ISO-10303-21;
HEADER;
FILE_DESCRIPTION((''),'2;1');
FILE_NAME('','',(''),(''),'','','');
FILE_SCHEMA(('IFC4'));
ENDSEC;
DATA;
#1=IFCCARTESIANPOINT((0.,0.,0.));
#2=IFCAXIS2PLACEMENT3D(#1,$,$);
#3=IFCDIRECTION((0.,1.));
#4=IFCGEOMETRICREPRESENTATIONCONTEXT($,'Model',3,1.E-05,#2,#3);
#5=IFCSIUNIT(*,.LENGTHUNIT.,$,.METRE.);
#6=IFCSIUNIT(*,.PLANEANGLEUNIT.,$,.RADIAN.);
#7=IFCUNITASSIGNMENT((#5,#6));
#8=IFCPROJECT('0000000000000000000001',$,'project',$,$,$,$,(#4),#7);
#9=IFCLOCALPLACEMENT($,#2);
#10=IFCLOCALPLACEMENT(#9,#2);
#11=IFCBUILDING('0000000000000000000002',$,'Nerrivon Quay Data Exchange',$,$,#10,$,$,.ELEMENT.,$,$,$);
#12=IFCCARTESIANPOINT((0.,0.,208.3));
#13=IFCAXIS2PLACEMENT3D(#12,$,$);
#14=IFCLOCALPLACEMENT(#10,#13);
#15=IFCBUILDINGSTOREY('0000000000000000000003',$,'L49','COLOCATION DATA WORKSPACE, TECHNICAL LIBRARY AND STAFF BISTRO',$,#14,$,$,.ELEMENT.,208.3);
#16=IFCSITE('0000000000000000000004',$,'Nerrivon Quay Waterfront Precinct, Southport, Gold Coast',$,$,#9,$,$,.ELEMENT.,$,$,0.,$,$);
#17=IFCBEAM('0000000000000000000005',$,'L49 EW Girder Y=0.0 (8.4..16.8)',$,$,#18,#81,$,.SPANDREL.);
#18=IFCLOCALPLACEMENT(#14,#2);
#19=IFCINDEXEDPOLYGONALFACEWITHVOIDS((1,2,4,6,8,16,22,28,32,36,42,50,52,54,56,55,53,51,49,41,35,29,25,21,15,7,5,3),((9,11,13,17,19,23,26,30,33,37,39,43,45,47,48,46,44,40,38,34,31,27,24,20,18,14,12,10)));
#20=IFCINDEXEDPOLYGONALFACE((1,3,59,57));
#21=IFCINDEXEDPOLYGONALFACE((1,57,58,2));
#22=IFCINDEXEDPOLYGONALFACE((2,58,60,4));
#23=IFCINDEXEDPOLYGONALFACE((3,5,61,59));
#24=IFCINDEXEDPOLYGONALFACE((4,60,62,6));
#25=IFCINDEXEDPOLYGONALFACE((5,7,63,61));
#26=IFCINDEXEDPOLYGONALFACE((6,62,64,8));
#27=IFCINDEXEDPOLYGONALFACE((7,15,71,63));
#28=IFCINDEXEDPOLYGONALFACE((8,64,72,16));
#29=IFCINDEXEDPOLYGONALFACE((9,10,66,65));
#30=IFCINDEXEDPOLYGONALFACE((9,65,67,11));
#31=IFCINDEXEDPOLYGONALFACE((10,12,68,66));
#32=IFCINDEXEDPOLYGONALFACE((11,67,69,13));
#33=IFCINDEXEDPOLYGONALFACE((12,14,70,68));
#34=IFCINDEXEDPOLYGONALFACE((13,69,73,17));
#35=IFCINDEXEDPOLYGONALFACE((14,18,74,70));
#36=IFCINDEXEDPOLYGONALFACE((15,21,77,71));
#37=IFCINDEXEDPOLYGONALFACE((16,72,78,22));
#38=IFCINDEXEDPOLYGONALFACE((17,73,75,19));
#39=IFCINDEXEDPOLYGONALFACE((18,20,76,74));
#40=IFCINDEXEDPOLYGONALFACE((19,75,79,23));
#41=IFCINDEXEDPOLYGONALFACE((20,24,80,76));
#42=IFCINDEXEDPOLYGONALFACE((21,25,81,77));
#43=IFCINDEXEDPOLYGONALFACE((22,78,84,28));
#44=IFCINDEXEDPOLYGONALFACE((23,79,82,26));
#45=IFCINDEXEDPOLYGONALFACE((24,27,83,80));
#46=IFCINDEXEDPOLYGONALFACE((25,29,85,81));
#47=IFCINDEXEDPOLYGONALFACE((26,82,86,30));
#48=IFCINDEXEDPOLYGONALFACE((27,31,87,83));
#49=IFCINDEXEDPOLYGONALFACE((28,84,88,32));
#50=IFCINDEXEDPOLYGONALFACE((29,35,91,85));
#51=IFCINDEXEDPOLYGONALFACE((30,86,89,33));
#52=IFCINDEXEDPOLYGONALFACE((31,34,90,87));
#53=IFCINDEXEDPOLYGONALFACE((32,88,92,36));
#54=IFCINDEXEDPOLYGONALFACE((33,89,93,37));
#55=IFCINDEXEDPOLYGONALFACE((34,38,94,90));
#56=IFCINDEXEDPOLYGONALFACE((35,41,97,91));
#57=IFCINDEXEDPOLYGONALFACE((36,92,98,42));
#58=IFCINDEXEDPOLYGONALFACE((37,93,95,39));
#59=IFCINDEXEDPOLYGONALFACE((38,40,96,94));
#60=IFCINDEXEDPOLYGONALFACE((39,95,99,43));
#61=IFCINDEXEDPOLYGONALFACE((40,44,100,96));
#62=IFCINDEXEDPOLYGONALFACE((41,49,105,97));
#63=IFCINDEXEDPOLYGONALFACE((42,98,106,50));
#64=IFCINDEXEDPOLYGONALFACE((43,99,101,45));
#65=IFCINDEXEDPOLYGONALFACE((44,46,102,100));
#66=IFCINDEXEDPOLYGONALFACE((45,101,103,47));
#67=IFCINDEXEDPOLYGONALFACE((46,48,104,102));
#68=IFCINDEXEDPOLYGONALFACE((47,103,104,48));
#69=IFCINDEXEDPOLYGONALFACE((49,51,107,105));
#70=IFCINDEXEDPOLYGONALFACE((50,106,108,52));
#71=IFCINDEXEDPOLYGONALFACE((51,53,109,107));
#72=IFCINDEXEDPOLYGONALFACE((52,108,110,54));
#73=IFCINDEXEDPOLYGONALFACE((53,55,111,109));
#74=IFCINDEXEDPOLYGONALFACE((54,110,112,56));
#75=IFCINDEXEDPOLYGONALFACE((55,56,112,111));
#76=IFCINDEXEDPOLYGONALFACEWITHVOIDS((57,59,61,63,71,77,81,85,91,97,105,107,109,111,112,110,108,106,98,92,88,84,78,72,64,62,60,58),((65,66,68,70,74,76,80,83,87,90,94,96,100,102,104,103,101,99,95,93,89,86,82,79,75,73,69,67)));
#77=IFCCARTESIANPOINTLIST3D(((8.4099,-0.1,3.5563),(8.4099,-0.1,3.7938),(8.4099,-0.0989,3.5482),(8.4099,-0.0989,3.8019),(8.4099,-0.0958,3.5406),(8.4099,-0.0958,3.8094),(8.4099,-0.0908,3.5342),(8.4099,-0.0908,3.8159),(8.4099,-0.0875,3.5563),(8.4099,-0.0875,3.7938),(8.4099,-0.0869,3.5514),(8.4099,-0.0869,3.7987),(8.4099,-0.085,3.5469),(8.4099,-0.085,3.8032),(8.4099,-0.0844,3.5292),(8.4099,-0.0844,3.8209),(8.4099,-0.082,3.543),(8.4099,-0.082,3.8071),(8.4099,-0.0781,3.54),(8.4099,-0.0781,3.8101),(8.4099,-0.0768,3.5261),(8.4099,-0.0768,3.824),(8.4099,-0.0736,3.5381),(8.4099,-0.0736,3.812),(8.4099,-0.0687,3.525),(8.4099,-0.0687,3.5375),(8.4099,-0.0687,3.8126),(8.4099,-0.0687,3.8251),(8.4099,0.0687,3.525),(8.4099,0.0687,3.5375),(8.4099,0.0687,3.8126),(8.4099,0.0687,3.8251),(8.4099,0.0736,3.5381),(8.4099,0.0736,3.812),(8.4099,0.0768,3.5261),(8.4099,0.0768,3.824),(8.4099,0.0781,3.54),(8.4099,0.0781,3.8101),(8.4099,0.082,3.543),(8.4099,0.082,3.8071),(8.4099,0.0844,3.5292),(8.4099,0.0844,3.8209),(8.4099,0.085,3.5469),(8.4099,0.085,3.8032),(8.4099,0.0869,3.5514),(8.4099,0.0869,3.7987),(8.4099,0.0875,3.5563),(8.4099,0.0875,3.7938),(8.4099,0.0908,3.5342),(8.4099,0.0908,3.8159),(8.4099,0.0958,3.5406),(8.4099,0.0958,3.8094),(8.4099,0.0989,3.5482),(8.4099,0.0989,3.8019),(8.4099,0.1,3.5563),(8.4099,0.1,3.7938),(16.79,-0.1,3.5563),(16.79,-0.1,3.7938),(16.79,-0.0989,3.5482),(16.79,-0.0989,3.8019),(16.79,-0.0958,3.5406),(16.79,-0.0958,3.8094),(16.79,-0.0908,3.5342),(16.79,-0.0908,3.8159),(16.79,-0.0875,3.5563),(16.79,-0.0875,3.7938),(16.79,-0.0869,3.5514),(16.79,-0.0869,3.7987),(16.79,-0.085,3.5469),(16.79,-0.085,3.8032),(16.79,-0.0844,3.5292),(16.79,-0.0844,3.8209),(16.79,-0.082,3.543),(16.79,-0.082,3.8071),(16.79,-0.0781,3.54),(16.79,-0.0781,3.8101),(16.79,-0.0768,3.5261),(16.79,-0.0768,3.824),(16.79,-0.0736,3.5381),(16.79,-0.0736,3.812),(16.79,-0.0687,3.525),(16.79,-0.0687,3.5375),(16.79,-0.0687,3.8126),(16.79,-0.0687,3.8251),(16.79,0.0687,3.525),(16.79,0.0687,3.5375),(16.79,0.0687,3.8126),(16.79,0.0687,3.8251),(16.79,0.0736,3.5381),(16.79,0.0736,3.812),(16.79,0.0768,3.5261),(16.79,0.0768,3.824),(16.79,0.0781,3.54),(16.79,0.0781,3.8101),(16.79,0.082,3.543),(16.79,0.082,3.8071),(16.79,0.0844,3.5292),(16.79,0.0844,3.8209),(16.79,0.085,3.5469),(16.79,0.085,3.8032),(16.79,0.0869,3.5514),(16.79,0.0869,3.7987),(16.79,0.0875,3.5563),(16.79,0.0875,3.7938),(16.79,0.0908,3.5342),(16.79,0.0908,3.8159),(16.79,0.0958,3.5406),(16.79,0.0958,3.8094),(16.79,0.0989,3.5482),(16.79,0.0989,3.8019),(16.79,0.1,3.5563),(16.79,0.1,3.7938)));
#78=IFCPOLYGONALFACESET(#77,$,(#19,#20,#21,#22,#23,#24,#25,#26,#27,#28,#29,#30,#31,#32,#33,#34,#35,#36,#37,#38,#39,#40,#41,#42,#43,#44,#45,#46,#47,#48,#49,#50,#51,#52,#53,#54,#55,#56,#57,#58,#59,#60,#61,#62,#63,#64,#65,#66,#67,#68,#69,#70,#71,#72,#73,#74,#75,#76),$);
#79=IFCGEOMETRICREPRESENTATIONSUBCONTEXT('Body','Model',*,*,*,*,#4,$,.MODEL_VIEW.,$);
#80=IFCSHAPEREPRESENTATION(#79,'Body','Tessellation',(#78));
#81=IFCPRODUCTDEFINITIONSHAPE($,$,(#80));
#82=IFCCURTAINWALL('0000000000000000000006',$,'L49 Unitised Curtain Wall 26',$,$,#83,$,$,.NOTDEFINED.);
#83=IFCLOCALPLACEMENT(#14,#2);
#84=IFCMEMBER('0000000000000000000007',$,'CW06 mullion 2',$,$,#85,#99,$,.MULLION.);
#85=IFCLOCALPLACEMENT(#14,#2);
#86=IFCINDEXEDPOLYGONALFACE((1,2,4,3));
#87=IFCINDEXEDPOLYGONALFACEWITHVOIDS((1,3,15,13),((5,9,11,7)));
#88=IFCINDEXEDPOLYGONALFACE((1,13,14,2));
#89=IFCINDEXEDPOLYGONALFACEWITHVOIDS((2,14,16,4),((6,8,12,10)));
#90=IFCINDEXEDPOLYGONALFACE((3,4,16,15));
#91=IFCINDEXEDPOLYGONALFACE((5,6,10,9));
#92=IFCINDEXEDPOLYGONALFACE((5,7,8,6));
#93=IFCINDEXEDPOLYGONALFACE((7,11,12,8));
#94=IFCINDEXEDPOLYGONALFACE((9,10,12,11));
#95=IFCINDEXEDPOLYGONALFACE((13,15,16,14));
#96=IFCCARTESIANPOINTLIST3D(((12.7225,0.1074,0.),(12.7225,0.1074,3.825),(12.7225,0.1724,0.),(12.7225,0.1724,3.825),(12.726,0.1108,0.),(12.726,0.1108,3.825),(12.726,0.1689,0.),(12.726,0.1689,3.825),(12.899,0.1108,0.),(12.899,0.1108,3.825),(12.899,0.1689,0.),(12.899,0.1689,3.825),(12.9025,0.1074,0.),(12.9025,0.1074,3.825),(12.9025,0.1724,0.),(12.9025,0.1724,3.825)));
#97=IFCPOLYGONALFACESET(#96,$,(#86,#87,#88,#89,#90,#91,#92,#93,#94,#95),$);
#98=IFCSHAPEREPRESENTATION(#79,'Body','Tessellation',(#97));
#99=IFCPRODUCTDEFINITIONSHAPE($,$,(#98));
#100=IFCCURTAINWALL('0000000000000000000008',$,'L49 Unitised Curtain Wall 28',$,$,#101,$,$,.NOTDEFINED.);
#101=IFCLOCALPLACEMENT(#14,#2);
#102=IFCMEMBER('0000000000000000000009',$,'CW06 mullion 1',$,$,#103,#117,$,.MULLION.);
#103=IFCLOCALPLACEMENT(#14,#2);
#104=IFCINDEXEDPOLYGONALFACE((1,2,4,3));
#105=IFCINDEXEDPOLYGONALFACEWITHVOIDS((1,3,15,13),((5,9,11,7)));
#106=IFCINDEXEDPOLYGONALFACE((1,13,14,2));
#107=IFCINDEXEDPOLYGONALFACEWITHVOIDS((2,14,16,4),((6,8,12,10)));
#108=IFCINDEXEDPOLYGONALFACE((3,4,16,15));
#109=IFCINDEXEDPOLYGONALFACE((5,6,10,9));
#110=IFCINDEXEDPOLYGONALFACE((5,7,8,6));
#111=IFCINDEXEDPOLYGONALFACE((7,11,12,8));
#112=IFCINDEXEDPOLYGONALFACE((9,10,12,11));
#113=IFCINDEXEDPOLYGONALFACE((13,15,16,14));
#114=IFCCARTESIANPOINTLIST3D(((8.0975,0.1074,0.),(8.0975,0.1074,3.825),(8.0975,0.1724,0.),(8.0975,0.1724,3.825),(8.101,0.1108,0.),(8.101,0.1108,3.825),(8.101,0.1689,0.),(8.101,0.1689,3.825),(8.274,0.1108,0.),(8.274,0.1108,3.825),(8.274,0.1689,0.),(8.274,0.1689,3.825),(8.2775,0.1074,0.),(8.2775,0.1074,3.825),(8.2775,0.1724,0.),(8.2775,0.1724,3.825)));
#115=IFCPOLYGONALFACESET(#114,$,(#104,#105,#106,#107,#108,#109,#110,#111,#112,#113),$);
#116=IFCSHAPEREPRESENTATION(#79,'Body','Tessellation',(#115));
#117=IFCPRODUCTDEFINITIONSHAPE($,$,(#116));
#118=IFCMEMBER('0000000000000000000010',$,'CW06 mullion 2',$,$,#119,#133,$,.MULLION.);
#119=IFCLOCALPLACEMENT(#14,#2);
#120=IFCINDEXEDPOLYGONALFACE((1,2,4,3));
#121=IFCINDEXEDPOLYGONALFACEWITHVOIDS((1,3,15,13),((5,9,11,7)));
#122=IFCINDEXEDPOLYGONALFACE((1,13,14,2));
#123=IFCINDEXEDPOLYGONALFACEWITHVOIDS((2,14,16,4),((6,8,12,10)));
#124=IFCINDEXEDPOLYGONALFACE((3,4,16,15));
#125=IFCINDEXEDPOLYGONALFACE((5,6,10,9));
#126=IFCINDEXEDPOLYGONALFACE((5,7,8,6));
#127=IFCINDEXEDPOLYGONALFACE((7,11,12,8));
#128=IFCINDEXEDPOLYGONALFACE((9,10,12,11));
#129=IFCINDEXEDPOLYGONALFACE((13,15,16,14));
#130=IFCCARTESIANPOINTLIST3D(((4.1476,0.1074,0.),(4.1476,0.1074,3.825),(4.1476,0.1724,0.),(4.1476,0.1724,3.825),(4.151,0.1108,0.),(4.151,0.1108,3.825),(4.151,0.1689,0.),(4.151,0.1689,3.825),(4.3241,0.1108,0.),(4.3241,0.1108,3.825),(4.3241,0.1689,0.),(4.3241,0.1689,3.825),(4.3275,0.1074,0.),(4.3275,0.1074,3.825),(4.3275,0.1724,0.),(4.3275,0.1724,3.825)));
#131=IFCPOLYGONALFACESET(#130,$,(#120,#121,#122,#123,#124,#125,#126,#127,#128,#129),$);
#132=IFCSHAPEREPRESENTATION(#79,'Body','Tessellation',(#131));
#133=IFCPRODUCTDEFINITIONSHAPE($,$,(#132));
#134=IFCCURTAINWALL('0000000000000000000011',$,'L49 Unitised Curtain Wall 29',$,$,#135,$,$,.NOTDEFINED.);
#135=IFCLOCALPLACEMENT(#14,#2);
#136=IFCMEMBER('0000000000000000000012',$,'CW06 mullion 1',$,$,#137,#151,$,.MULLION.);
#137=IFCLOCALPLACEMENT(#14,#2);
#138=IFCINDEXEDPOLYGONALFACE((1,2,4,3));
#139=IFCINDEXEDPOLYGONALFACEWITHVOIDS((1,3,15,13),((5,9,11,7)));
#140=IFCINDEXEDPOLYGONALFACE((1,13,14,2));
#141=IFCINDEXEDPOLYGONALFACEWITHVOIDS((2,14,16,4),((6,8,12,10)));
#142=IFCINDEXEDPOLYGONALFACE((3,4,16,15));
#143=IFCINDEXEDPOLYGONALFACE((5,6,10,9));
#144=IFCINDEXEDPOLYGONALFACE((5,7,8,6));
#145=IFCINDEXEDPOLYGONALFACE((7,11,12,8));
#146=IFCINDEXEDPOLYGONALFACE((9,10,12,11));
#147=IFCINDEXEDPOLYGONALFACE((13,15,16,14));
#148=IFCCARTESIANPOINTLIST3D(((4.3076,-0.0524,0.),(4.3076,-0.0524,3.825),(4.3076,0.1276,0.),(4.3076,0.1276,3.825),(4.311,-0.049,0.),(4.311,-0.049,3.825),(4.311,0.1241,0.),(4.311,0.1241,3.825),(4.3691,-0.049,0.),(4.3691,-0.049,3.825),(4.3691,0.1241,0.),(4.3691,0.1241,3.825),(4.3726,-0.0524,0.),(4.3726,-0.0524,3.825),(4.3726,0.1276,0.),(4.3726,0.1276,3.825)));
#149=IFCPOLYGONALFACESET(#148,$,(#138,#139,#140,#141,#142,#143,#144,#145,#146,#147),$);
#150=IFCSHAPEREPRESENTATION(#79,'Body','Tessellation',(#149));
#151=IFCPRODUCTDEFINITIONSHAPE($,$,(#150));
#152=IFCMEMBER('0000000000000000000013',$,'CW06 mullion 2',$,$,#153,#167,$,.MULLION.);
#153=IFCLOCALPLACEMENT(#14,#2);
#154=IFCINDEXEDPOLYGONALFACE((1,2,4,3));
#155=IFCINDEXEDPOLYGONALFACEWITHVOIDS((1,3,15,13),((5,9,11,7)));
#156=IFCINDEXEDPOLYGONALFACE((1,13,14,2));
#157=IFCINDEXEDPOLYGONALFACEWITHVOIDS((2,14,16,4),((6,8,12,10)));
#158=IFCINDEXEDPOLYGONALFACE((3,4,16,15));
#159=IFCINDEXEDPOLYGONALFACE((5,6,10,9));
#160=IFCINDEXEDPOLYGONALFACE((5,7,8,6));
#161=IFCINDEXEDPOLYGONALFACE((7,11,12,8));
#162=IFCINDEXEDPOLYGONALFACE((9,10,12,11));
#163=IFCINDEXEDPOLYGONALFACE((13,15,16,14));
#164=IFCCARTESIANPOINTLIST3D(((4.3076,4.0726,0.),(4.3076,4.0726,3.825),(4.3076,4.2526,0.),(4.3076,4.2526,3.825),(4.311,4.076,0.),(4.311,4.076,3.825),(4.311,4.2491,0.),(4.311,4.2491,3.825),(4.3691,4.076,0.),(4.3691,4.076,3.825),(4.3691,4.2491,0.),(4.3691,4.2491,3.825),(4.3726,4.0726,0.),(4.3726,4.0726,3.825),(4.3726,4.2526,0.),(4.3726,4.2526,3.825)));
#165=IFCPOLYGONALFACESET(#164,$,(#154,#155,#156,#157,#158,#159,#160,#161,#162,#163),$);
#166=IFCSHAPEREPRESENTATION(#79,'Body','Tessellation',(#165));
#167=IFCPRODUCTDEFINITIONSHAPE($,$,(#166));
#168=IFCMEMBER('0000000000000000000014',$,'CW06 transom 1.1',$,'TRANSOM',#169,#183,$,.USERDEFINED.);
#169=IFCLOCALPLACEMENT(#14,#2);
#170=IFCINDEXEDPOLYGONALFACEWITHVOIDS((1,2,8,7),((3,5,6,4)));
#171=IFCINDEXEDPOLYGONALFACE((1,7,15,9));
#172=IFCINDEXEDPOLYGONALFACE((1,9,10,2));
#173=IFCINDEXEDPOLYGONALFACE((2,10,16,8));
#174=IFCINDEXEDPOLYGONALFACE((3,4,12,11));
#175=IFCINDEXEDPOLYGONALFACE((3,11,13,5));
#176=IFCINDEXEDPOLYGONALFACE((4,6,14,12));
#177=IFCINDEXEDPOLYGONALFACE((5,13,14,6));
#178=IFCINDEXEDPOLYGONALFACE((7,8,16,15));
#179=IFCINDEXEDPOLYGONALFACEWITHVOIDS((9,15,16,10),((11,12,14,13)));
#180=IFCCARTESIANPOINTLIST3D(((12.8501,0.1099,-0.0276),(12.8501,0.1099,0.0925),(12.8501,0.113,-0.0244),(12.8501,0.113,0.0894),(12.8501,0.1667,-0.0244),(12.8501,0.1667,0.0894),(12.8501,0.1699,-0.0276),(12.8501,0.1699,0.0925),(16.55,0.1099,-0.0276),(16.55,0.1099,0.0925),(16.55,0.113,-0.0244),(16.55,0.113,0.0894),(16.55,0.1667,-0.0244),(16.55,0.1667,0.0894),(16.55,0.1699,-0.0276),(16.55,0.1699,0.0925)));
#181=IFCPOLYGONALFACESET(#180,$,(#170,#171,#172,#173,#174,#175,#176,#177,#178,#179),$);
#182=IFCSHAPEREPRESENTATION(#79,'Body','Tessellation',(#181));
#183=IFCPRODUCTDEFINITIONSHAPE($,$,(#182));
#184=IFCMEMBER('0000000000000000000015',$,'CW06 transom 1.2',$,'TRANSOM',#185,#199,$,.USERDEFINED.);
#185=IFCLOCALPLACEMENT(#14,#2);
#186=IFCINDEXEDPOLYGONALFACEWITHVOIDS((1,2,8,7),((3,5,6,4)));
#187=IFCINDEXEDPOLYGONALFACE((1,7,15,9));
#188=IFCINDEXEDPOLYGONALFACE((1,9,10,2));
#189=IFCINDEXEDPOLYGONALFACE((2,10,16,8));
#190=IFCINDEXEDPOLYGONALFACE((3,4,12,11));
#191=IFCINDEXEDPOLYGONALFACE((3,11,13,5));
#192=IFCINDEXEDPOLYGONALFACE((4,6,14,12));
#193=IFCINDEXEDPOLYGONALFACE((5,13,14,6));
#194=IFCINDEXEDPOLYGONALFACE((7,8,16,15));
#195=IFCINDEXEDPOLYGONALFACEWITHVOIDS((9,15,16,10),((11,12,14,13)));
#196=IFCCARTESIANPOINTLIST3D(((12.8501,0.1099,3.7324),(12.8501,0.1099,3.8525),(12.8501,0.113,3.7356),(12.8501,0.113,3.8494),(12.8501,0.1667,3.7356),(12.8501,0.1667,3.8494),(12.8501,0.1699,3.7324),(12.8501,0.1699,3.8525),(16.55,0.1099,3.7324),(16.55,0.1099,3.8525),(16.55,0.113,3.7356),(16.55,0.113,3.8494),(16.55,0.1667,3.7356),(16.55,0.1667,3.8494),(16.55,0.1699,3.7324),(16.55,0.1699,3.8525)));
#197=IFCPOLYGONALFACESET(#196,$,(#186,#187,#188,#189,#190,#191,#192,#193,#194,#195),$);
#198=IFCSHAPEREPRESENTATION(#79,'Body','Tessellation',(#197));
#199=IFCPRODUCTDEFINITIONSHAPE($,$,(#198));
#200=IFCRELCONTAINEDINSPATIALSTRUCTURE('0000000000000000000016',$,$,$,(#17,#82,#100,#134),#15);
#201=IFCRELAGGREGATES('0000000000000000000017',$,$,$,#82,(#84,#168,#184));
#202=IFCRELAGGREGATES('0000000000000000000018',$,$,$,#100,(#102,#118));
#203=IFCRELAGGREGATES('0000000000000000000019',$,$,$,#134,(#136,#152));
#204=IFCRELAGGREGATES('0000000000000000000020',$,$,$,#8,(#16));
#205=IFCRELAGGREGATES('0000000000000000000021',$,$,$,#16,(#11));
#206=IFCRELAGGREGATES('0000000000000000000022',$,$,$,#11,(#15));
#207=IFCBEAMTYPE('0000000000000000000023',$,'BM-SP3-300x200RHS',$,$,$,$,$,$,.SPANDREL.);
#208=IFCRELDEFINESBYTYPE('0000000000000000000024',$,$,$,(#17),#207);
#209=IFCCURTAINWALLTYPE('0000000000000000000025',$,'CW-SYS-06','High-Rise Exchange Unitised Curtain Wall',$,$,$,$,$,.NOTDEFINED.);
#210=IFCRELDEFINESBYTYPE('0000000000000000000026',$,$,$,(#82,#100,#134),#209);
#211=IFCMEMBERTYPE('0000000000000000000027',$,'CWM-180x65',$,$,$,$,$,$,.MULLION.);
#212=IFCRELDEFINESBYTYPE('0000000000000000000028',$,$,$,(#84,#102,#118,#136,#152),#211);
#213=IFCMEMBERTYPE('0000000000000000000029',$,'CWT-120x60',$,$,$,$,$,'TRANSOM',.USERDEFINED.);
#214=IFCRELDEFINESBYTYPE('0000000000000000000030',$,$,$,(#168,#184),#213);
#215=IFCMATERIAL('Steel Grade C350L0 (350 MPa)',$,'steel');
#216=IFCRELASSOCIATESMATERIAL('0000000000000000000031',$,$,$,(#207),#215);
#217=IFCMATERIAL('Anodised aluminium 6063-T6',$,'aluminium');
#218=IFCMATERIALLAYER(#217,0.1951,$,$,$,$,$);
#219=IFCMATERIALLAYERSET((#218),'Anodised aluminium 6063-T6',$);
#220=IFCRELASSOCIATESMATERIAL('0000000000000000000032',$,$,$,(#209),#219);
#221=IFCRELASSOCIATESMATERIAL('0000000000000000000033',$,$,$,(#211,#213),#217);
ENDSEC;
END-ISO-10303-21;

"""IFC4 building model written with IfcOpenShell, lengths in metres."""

from ifc_helpers import new_model, si_unit, direction, frame, origin, origin_2d, place, context, subcontext, project, spatial, hollow_rectangle, extrude, material, layer, layer_set, material_profile, profile_set, type_object, element, aggregate, save


model = new_model("IFC4")

# Units and contexts
model_context = context("Model", 3, precision=1e-05, world=origin(), true_north=direction((0.0, 1.0)))
body_context = subcontext(model_context, "Body", "Model", "MODEL_VIEW")
ifc_project = project(units=[si_unit("LENGTHUNIT", "METRE"), si_unit("PLANEANGLEUNIT", "RADIAN")], contexts=[model_context])

# Site, building, storey
site_placement = place(None, origin())
site = spatial("IfcSite", under=ifc_project, at=site_placement, Name="Nerrivon Quay Waterfront Precinct, Southport, Gold Coast", CompositionType="ELEMENT", RefElevation=0.0)
building_placement = place(site_placement, origin())
building = spatial("IfcBuilding", under=site, at=building_placement, Name="Nerrivon Quay Data Exchange", CompositionType="ELEMENT")
storey_placement = place(building_placement, frame((0.0, 0.0, 208.3)))
storey = spatial("IfcBuildingStorey", under=building, at=storey_placement, Name="L49", Description="COLOCATION DATA WORKSPACE, TECHNICAL LIBRARY AND STAFF BISTRO", CompositionType="ELEMENT", Elevation=208.3)

# Beam
ifc_material_1 = material(Name="Steel Grade C350L0 (350 MPa)", Category="steel")
ifc_material_profile_1 = material_profile(ifc_material_1, hollow_rectangle(XDim=0.2, YDim=0.3, WallThickness=0.0125, InnerFilletRadius=0.0188, OuterFilletRadius=0.0312, at=origin_2d()), Name="300x200x12.5RHS")
ifc_profile_set_1 = profile_set([ifc_material_profile_1], Name="Steel Grade C350L0 (350 MPa)")
beam_type_1 = type_object("IfcBeamType", Name="BM-SP3-300x200RHS", PredefinedType="SPANDREL", material=ifc_profile_set_1)
beam_1_placement = place(storey_placement, frame((8.4099, 0.0, 3.675), z_axis=(1.0, 0.0, 0.0), x_axis=(0.0, 1.0, 0.0)))
element("IfcBeam", 1, at=beam_1_placement, inside=storey, type_object=beam_type_1, Name="L49 EW Girder Y=0.0 (8.4..16.8)", PredefinedType="SPANDREL", context=body_context, shape_type="SweptSolid", body=[
    extrude(hollow_rectangle(XDim=0.2, YDim=0.3, WallThickness=0.0125, InnerFilletRadius=0.0188, OuterFilletRadius=0.0312, at=origin_2d()), origin(), (0.0, 0.0, 1.0), 8.3801),
])

# Curtain wall, member
ifc_material_2 = material(Name="Anodised aluminium 6063-T6", Category="aluminium")
ifc_layer_1 = layer(ifc_material_2, 0.1951)
ifc_layer_set_1 = layer_set([ifc_layer_1], Name="Anodised aluminium 6063-T6")
curtain_wall_type = type_object("IfcCurtainWallType", Name="CW-SYS-06", Description="High-Rise Exchange Unitised Curtain Wall", PredefinedType="NOTDEFINED", material=ifc_layer_set_1)
curtain_wall_1_placement = place(storey_placement, origin())
curtain_wall_1 = element("IfcCurtainWall", 2, at=curtain_wall_1_placement, inside=storey, type_object=curtain_wall_type, Name="L49 Unitised Curtain Wall 26", PredefinedType="NOTDEFINED")
ifc_material_profile_2 = material_profile(ifc_material_2, hollow_rectangle(XDim=0.0649, YDim=0.1799, WallThickness=0.0034, at=origin_2d()), Name="ALU-MULL-180x65")
ifc_profile_set_2 = profile_set([ifc_material_profile_2], Name="Anodised aluminium 6063-T6")
member_type_1 = type_object("IfcMemberType", Name="CWM-180x65", PredefinedType="MULLION", material=ifc_profile_set_2)
member_1_placement = place(storey_placement, frame((12.8125, 0.1399, 0.0), z_axis=(0.0, 0.0, 1.0), x_axis=(0.0, -1.0, 0.0)))
member_1 = element("IfcMember", 3, at=member_1_placement, type_object=member_type_1, Name="CW06 mullion 2", PredefinedType="MULLION", context=body_context, shape_type="SweptSolid", body=[
    extrude(hollow_rectangle(XDim=0.0649, YDim=0.1799, WallThickness=0.0034, at=origin_2d()), origin(), (0.0, 0.0, 1.0), 3.825),
])

# Curtain walls, members
curtain_wall_2_placement = place(storey_placement, origin())
curtain_wall_2 = element("IfcCurtainWall", 4, at=curtain_wall_2_placement, inside=storey, type_object=curtain_wall_type, Name="L49 Unitised Curtain Wall 28", PredefinedType="NOTDEFINED")
member_2_placement = place(storey_placement, frame((8.1875, 0.1399, 0.0), z_axis=(0.0, 0.0, 1.0), x_axis=(0.0, -1.0, 0.0)))
member_2 = element("IfcMember", 5, at=member_2_placement, type_object=member_type_1, Name="CW06 mullion 1", PredefinedType="MULLION", context=body_context, shape_type="SweptSolid", body=[
    extrude(hollow_rectangle(XDim=0.0649, YDim=0.1799, WallThickness=0.0034, at=origin_2d()), origin(), (0.0, 0.0, 1.0), 3.825),
])
member_3_placement = place(storey_placement, frame((4.2375, 0.1399, 0.0), z_axis=(0.0, 0.0, 1.0), x_axis=(0.0, -1.0, 0.0)))
member_3 = element("IfcMember", 6, at=member_3_placement, type_object=member_type_1, Name="CW06 mullion 2", PredefinedType="MULLION", context=body_context, shape_type="SweptSolid", body=[
    extrude(hollow_rectangle(XDim=0.0649, YDim=0.1799, WallThickness=0.0034, at=origin_2d()), origin(), (0.0, 0.0, 1.0), 3.825),
])
curtain_wall_3_placement = place(storey_placement, origin())
curtain_wall_3 = element("IfcCurtainWall", 7, at=curtain_wall_3_placement, inside=storey, type_object=curtain_wall_type, Name="L49 Unitised Curtain Wall 29", PredefinedType="NOTDEFINED")
member_4_placement = place(storey_placement, frame((4.3401, 0.0376, 0.0), z_axis=(0.0, 0.0, 1.0), x_axis=(-1.0, 0.0, 0.0)))
member_4 = element("IfcMember", 8, at=member_4_placement, type_object=member_type_1, Name="CW06 mullion 1", PredefinedType="MULLION", context=body_context, shape_type="SweptSolid", body=[
    extrude(hollow_rectangle(XDim=0.0649, YDim=0.1799, WallThickness=0.0034, at=origin_2d()), origin(), (0.0, 0.0, 1.0), 3.825),
])
member_5_placement = place(storey_placement, frame((4.3401, 4.1626, 0.0), z_axis=(0.0, 0.0, 1.0), x_axis=(-1.0, 0.0, 0.0)))
member_5 = element("IfcMember", 9, at=member_5_placement, type_object=member_type_1, Name="CW06 mullion 2", PredefinedType="MULLION", context=body_context, shape_type="SweptSolid", body=[
    extrude(hollow_rectangle(XDim=0.0649, YDim=0.1799, WallThickness=0.0034, at=origin_2d()), origin(), (0.0, 0.0, 1.0), 3.825),
])

# Members
ifc_material_profile_3 = material_profile(ifc_material_2, hollow_rectangle(XDim=0.0601, YDim=0.1201, WallThickness=0.0032, at=origin_2d()), Name="ALU-TRAN-120x60")
ifc_profile_set_3 = profile_set([ifc_material_profile_3], Name="Anodised aluminium 6063-T6")
member_type_2 = type_object("IfcMemberType", Name="CWT-120x60", ElementType="TRANSOM", PredefinedType="USERDEFINED", material=ifc_profile_set_3)
member_6_placement = place(storey_placement, frame((16.55, 0.1399, 0.0325), z_axis=(-1.0, 0.0, 0.0), x_axis=(0.0, -1.0, 0.0)))
member_6 = element("IfcMember", 10, at=member_6_placement, type_object=member_type_2, Name="CW06 transom 1.1", ObjectType="TRANSOM", PredefinedType="USERDEFINED", context=body_context, shape_type="SweptSolid", body=[
    extrude(hollow_rectangle(XDim=0.0601, YDim=0.1201, WallThickness=0.0032, at=origin_2d()), origin(), (0.0, 0.0, 1.0), 3.7),
])
member_7_placement = place(storey_placement, frame((16.55, 0.1399, 3.7925), z_axis=(-1.0, 0.0, 0.0), x_axis=(0.0, -1.0, 0.0)))
member_7 = element("IfcMember", 11, at=member_7_placement, type_object=member_type_2, Name="CW06 transom 1.2", ObjectType="TRANSOM", PredefinedType="USERDEFINED", context=body_context, shape_type="SweptSolid", body=[
    extrude(hollow_rectangle(XDim=0.0601, YDim=0.1201, WallThickness=0.0032, at=origin_2d()), origin(), (0.0, 0.0, 1.0), 3.7),
])

aggregate(curtain_wall_1, [member_1, member_6, member_7])
aggregate(curtain_wall_2, [member_2, member_3])
aggregate(curtain_wall_3, [member_4, member_5])

save(model, "model.ifc")
